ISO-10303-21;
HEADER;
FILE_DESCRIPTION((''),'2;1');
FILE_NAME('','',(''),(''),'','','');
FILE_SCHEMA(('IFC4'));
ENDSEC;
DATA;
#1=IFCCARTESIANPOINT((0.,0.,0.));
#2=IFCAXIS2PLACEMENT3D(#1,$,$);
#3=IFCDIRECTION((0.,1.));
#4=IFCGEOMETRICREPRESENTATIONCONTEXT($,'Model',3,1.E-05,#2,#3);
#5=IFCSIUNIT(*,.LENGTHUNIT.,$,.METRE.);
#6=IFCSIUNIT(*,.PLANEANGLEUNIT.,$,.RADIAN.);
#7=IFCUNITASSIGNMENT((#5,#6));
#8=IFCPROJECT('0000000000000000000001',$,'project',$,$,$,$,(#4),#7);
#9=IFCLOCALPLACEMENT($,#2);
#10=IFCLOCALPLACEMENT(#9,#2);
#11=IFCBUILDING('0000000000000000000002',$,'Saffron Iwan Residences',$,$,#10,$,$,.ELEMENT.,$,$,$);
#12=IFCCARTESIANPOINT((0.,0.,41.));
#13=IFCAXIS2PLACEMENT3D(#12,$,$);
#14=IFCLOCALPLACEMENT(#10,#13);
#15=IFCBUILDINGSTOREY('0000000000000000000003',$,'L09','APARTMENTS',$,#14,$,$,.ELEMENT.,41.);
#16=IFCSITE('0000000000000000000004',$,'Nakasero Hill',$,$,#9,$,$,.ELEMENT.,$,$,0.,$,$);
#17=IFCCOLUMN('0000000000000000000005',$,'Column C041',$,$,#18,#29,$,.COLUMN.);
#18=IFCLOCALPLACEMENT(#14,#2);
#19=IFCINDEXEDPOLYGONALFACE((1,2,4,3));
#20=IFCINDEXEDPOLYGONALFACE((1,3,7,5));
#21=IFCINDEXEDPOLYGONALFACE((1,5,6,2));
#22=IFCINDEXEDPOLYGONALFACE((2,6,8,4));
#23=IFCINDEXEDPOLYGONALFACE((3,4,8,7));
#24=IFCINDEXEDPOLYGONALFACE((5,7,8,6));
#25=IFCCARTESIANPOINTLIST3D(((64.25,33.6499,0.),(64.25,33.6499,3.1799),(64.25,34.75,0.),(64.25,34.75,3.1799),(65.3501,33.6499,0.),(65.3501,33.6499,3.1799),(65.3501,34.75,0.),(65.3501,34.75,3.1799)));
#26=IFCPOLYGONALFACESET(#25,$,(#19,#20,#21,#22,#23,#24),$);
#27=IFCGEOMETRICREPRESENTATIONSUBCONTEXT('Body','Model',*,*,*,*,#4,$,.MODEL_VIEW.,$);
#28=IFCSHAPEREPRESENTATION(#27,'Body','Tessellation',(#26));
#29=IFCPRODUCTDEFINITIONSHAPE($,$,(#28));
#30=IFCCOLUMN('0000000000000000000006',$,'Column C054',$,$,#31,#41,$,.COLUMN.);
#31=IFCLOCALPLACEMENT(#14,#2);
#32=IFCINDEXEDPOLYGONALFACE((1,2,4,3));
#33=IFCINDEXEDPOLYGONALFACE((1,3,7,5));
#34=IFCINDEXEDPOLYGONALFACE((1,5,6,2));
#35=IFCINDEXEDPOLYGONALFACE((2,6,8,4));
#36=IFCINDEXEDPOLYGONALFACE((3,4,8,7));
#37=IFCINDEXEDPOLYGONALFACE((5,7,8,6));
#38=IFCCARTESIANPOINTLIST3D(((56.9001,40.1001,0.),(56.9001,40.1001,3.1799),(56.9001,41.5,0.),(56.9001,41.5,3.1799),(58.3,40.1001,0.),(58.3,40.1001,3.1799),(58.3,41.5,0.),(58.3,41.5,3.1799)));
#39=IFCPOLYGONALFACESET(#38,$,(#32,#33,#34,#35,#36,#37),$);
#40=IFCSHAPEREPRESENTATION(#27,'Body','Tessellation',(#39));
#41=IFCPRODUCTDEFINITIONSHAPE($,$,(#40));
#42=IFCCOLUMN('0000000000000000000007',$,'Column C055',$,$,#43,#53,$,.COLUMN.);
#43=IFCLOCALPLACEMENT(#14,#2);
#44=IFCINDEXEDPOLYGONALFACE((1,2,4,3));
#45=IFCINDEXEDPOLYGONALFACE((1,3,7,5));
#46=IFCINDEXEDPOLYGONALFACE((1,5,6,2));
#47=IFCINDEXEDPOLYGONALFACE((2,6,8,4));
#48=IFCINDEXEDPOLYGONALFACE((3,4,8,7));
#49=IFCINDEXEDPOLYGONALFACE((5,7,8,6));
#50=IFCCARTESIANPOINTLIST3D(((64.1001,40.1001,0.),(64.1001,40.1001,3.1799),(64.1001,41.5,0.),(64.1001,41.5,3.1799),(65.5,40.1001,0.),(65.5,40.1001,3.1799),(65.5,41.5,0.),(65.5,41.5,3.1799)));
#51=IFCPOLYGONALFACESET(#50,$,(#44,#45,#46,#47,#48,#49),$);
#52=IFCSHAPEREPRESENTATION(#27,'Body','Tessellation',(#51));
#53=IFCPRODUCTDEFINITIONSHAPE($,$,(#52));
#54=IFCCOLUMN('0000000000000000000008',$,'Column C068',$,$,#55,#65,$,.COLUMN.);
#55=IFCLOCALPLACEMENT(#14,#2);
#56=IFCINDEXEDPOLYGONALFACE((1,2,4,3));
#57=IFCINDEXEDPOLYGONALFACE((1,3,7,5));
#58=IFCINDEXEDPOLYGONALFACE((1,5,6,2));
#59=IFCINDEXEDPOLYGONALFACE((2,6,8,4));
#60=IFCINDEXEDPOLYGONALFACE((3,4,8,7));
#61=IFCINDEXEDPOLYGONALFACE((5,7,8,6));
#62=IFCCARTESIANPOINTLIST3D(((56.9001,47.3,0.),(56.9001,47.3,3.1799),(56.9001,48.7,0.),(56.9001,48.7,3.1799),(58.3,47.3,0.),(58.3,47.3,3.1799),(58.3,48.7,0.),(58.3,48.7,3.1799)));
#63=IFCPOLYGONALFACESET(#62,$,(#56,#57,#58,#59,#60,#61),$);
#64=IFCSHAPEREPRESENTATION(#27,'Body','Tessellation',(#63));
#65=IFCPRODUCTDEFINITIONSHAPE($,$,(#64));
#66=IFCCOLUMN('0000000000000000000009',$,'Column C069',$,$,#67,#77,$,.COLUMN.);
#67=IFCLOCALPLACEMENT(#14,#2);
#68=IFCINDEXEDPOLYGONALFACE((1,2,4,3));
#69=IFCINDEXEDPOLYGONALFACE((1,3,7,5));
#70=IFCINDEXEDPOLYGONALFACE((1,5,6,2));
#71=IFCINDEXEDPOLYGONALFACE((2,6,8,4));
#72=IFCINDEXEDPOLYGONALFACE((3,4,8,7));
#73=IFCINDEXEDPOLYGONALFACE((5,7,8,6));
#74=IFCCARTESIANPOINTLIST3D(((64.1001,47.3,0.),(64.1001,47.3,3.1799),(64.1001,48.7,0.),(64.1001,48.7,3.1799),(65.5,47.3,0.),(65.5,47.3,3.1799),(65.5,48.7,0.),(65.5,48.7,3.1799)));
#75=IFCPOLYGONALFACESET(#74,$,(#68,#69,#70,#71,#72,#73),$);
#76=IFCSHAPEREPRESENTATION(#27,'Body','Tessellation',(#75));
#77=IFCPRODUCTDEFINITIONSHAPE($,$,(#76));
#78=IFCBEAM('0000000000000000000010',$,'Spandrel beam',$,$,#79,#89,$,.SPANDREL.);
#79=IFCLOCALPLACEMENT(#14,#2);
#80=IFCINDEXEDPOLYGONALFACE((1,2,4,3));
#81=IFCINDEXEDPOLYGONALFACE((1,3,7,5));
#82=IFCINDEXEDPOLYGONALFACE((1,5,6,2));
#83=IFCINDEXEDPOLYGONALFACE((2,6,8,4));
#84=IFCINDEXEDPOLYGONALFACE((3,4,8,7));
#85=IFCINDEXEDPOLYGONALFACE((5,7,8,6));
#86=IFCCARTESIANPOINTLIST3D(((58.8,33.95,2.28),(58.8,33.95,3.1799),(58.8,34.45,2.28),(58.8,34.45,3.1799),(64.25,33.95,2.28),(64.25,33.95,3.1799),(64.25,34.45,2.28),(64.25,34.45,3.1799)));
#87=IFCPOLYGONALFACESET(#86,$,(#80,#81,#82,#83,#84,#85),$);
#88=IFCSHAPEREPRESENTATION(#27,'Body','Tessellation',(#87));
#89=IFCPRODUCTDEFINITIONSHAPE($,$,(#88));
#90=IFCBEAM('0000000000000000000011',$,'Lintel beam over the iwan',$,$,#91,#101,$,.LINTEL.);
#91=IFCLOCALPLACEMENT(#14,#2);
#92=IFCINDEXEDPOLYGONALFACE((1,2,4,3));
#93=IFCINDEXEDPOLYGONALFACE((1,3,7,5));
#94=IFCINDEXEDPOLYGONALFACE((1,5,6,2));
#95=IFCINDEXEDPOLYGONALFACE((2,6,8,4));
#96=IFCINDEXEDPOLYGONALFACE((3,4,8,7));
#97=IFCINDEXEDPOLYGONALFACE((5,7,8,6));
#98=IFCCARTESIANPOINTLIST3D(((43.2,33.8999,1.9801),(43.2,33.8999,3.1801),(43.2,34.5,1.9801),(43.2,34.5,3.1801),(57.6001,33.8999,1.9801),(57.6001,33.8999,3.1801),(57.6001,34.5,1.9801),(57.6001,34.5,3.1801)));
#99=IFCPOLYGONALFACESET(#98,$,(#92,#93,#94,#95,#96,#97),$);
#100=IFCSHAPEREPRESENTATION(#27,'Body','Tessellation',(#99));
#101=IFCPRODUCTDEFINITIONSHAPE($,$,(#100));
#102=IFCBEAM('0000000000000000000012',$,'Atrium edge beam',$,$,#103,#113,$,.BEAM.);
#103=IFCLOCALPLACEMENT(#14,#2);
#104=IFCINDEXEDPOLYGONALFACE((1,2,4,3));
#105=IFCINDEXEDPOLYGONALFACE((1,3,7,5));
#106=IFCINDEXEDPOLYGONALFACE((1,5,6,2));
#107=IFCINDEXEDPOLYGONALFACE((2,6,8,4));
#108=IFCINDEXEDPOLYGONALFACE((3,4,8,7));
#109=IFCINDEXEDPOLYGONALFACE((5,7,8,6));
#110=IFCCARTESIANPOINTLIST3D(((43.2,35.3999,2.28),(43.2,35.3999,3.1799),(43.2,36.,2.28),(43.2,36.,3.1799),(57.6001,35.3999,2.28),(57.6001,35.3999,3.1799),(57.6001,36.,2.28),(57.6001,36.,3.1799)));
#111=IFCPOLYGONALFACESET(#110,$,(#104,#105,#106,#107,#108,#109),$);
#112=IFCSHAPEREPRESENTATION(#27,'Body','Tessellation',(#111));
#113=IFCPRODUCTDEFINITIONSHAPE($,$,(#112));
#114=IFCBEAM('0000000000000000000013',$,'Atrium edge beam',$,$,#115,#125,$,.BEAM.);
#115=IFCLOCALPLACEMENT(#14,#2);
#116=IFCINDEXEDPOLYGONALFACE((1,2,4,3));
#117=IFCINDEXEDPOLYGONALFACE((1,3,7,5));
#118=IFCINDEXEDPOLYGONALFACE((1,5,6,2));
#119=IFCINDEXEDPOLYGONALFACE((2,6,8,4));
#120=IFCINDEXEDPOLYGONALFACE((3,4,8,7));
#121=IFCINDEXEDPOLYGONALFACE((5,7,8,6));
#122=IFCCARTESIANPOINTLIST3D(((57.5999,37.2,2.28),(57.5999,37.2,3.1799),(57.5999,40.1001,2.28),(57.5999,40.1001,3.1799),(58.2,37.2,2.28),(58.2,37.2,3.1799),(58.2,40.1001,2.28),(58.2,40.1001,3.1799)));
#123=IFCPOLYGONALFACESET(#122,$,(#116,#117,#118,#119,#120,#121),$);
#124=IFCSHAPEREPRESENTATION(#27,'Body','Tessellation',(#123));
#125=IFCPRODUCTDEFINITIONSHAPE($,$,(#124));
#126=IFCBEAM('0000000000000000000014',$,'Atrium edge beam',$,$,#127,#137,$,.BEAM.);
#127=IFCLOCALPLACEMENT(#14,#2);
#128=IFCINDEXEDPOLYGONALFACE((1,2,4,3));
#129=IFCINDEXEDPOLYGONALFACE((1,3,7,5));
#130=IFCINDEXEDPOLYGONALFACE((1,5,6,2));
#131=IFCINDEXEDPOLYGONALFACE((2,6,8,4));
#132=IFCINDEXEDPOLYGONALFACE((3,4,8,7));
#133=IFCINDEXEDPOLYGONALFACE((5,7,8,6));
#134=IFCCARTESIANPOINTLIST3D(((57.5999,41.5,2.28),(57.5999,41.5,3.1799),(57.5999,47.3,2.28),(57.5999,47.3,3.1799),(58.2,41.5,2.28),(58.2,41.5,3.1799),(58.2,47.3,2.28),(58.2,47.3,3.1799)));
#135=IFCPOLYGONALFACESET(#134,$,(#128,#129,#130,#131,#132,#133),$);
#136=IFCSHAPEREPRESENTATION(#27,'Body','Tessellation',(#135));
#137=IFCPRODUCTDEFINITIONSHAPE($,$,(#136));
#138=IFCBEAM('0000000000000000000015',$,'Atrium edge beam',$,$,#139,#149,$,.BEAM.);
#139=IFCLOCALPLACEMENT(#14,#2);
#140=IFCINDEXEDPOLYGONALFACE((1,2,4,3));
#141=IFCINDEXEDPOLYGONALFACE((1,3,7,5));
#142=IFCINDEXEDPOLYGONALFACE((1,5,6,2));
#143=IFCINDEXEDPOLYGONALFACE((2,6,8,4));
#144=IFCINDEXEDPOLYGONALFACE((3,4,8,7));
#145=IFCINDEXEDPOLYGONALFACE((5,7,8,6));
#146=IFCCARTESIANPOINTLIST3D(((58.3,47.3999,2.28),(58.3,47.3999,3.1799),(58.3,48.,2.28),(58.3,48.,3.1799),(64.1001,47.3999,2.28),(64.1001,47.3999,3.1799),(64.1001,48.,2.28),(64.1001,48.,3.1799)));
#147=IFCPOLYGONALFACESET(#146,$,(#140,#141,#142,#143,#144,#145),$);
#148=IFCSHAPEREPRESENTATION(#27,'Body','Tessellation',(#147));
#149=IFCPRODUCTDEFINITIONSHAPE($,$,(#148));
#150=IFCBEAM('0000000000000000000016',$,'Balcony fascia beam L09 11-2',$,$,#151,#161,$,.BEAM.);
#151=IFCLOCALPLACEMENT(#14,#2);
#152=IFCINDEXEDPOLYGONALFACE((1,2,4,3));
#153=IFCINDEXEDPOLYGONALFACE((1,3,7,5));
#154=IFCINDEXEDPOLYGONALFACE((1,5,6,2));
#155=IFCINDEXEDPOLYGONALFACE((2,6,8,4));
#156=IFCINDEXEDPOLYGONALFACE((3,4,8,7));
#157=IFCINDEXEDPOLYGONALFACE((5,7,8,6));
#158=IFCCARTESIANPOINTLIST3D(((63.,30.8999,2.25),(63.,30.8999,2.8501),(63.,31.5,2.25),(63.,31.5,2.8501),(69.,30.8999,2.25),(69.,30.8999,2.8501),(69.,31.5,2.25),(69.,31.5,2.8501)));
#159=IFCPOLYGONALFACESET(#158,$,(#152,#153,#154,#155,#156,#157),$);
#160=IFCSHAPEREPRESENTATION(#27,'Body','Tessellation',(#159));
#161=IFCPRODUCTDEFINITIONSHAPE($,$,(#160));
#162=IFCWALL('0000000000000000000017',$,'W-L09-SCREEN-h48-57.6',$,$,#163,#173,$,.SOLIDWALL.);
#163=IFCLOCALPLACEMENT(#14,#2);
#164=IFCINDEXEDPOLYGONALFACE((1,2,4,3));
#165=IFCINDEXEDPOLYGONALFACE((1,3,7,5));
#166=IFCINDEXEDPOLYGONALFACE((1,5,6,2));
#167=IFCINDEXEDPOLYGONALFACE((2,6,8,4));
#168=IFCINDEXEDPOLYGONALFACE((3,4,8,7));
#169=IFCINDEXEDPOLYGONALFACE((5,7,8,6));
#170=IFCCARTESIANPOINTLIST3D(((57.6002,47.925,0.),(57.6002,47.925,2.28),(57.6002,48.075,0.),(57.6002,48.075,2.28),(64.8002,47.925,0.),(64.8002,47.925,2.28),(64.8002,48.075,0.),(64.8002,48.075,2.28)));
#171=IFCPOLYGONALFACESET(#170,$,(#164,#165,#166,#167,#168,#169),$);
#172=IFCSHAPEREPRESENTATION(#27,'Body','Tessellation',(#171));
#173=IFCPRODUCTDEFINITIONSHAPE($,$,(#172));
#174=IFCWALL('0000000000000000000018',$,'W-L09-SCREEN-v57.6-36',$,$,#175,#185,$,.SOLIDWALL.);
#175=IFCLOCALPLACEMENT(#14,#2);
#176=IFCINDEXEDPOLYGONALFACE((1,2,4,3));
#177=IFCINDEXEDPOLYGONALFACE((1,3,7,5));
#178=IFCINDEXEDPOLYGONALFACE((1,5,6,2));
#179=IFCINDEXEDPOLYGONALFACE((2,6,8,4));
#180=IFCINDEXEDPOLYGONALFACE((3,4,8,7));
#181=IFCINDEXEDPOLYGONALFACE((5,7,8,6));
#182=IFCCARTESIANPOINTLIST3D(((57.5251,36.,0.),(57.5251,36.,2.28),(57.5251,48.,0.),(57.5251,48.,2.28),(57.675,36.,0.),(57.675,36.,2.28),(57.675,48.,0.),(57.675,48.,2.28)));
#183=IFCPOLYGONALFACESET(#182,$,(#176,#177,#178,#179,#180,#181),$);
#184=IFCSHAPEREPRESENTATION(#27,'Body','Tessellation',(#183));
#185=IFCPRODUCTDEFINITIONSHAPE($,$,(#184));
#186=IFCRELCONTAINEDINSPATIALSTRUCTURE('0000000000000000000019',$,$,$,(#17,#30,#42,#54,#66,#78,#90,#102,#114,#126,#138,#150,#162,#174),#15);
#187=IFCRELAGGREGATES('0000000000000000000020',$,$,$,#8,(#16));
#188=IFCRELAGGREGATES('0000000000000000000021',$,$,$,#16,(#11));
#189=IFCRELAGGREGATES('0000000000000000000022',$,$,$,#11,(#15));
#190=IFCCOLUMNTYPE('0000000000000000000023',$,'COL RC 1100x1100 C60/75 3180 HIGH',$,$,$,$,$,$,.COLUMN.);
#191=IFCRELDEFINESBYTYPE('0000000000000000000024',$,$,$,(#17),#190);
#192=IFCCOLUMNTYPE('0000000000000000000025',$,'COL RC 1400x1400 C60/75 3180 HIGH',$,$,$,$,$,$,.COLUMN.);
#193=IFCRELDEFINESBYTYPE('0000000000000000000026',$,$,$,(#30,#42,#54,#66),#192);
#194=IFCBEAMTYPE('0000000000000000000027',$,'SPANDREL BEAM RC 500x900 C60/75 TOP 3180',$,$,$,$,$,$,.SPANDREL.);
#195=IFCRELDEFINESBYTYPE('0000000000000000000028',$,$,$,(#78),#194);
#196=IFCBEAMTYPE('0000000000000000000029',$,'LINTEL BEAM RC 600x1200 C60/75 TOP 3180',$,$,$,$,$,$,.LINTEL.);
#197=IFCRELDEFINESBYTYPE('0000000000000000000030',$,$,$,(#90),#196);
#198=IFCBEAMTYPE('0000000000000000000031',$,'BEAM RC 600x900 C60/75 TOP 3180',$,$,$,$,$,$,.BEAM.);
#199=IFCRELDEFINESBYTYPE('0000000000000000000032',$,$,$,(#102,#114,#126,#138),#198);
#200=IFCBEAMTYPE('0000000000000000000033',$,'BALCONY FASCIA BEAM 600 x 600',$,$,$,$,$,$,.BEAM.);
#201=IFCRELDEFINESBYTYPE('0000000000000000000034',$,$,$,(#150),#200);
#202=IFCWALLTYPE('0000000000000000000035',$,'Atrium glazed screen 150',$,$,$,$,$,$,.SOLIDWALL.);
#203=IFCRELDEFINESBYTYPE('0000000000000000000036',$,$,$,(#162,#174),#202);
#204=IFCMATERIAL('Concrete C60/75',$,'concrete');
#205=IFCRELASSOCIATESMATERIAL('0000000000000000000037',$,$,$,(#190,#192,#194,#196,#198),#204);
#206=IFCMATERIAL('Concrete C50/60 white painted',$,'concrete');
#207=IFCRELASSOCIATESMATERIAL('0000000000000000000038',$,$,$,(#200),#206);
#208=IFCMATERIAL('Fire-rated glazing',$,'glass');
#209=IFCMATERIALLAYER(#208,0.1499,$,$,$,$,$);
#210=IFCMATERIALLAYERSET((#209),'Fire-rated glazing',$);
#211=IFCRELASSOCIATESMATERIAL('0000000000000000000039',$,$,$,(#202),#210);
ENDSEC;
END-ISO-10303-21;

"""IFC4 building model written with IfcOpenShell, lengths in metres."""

from ifc_helpers import new_model, si_unit, direction, frame, frame_2d, origin, origin_2d, place, context, subcontext, project, spatial, rectangle, extrude, source, transform, mapped, material, layer, layer_set, material_profile, profile_set, type_object, element, save


model = new_model("IFC4")

# Units and contexts
model_context = context("Model", 3, precision=1e-05, world=origin(), true_north=direction((0.0, 1.0)))
body_context = subcontext(model_context, "Body", "Model", "MODEL_VIEW")
ifc_project = project(units=[si_unit("LENGTHUNIT", "METRE"), si_unit("PLANEANGLEUNIT", "RADIAN")], contexts=[model_context])

# Site, building, storey
site_placement = place(None, origin())
site = spatial("IfcSite", under=ifc_project, at=site_placement, Name="Nakasero Hill", CompositionType="ELEMENT", RefElevation=0.0)
building_placement = place(site_placement, origin())
building = spatial("IfcBuilding", under=site, at=building_placement, Name="Saffron Iwan Residences", CompositionType="ELEMENT")
storey_placement = place(building_placement, frame((0.0, 0.0, 41.0)))
storey = spatial("IfcBuildingStorey", under=building, at=storey_placement, Name="L09", Description="APARTMENTS", CompositionType="ELEMENT", Elevation=41.0)

# Columns
ifc_material_1 = material(Name="Concrete C60/75", Category="concrete")
ifc_material_profile_1 = material_profile(ifc_material_1, rectangle(XDim=1.1001, YDim=1.1001, at=origin_2d()), Name="RC 1100x1100")
ifc_profile_set_1 = profile_set([ifc_material_profile_1], Name="Concrete C60/75")
column_type_1 = type_object("IfcColumnType", Name="COL RC 1100x1100 C60/75 3180 HIGH", PredefinedType="COLUMN", material=ifc_profile_set_1)
shared_shape_1 = source(origin(), body_context, "Body", "SweptSolid", [
    extrude(rectangle(XDim=1.1001, YDim=1.1001, at=origin_2d()), origin(), (0.0, 0.0, 1.0), 3.1799),
])
column_placement = place(storey_placement, frame((64.8, 34.2, 0.0), z_axis=(0.0, 0.0, 1.0), x_axis=(1.0, 0.0, 0.0)))
element("IfcColumn", 1, at=column_placement, inside=storey, type_object=column_type_1, Name="Column C041", PredefinedType="COLUMN", context=body_context, shape_type="MappedRepresentation", body=[
    mapped(shared_shape_1, transform((0.0, 0.0, 0.0))),
])
ifc_material_profile_2 = material_profile(ifc_material_1, rectangle(XDim=1.3999, YDim=1.3999, at=origin_2d()), Name="RC 1400x1400")
ifc_profile_set_2 = profile_set([ifc_material_profile_2], Name="Concrete C60/75")
column_type_2 = type_object("IfcColumnType", Name="COL RC 1400x1400 C60/75 3180 HIGH", PredefinedType="COLUMN", material=ifc_profile_set_2)
shared_shape_2 = source(origin(), body_context, "Body", "SweptSolid", [
    extrude(rectangle(XDim=1.3999, YDim=1.3999, at=origin_2d()), origin(), (0.0, 0.0, 1.0), 3.1799),
])
for number, where, z_axis, x_axis, name in (
    (2, (57.6001, 40.8, 0.0), (0.0, 0.0, 1.0), (1.0, 0.0, 0.0), "Column C054"),
    (3, (64.8, 40.8, 0.0), (0.0, 0.0, 1.0), (1.0, 0.0, 0.0), "Column C055"),
    (4, (57.6001, 48.0, 0.0), (0.0, 0.0, 1.0), (1.0, 0.0, 0.0), "Column C068"),
    (5, (64.8, 48.0, 0.0), (0.0, 0.0, 1.0), (1.0, 0.0, 0.0), "Column C069"),
):
    element("IfcColumn", number, at=place(storey_placement, frame(where, z_axis=z_axis, x_axis=x_axis)), inside=storey, type_object=column_type_2, Name=name, PredefinedType="COLUMN", context=body_context, shape_type="MappedRepresentation", body=[
        mapped(shared_shape_2, transform((0.0, 0.0, 0.0))),
    ])

# Beams
ifc_material_profile_3 = material_profile(ifc_material_1, rectangle(XDim=0.5, YDim=0.8999, at=origin_2d()), Name="RC 500x900")
ifc_profile_set_3 = profile_set([ifc_material_profile_3], Name="Concrete C60/75")
beam_type_1 = type_object("IfcBeamType", Name="SPANDREL BEAM RC 500x900 C60/75 TOP 3180", PredefinedType="SPANDREL", material=ifc_profile_set_3)
shared_shape_3 = source(origin(), body_context, "Body", "SweptSolid", [
    extrude(rectangle(XDim=0.5, YDim=0.8999, at=origin_2d()), origin(), (0.0, 0.0, 1.0), 5.45),
])
beam_1_placement = place(storey_placement, frame((64.25, 34.2, 2.73), z_axis=(-1.0, 0.0, 0.0), x_axis=(0.0, -1.0, 0.0)))
element("IfcBeam", 6, at=beam_1_placement, inside=storey, type_object=beam_type_1, Name="Spandrel beam", PredefinedType="SPANDREL", context=body_context, shape_type="MappedRepresentation", body=[
    mapped(shared_shape_3, transform((0.0, 0.0, 0.0))),
])
ifc_material_profile_4 = material_profile(ifc_material_1, rectangle(XDim=0.6001, YDim=1.2, at=origin_2d()), Name="RC 600x1200")
ifc_profile_set_4 = profile_set([ifc_material_profile_4], Name="Concrete C60/75")
beam_type_2 = type_object("IfcBeamType", Name="LINTEL BEAM RC 600x1200 C60/75 TOP 3180", PredefinedType="LINTEL", material=ifc_profile_set_4)
shared_shape_4 = source(origin(), body_context, "Body", "SweptSolid", [
    extrude(rectangle(XDim=0.6001, YDim=1.2, at=origin_2d()), origin(), (0.0, 0.0, 1.0), 14.4001),
])
beam_2_placement = place(storey_placement, frame((57.6001, 34.2, 2.5801), z_axis=(-1.0, 0.0, 0.0), x_axis=(0.0, -1.0, 0.0)))
element("IfcBeam", 7, at=beam_2_placement, inside=storey, type_object=beam_type_2, Name="Lintel beam over the iwan", PredefinedType="LINTEL", context=body_context, shape_type="MappedRepresentation", body=[
    mapped(shared_shape_4, transform((0.0, 0.0, 0.0))),
])
ifc_material_profile_5 = material_profile(ifc_material_1, rectangle(XDim=0.6001, YDim=0.8999, at=origin_2d()), Name="RC 600x900")
ifc_profile_set_5 = profile_set([ifc_material_profile_5], Name="Concrete C60/75")
beam_type_3 = type_object("IfcBeamType", Name="BEAM RC 600x900 C60/75 TOP 3180", PredefinedType="BEAM", material=ifc_profile_set_5)
shared_shape_5 = source(origin(), body_context, "Body", "SweptSolid", [
    extrude(rectangle(XDim=0.6001, YDim=0.8999, at=origin_2d()), origin(), (0.0, 0.0, 1.0), 14.4001),
])
beam_3_placement = place(storey_placement, frame((57.6001, 35.7, 2.73), z_axis=(-1.0, 0.0, 0.0), x_axis=(0.0, -1.0, 0.0)))
element("IfcBeam", 8, at=beam_3_placement, inside=storey, type_object=beam_type_3, Name="Atrium edge beam", PredefinedType="BEAM", context=body_context, shape_type="MappedRepresentation", body=[
    mapped(shared_shape_5, transform((0.0, 0.0, 0.0))),
])
shared_shape_6 = source(origin(), body_context, "Body", "SweptSolid", [
    extrude(rectangle(XDim=0.6001, YDim=0.8999, at=origin_2d()), origin(), (0.0, 0.0, 1.0), 2.9001),
])
beam_4_placement = place(storey_placement, frame((57.8999, 40.1001, 2.73), z_axis=(0.0, -1.0, 0.0), x_axis=(1.0, 0.0, 0.0)))
element("IfcBeam", 9, at=beam_4_placement, inside=storey, type_object=beam_type_3, Name="Atrium edge beam", PredefinedType="BEAM", context=body_context, shape_type="MappedRepresentation", body=[
    mapped(shared_shape_6, transform((0.0, 0.0, 0.0))),
])
shared_shape_7 = source(origin(), body_context, "Body", "SweptSolid", [
    extrude(rectangle(XDim=0.6001, YDim=0.8999, at=origin_2d()), origin(), (0.0, 0.0, 1.0), 5.8),
])
for number, where, z_axis, x_axis, name in (
    (10, (57.8999, 47.3, 2.73), (0.0, -1.0, 0.0), (1.0, 0.0, 0.0), "Atrium edge beam"),
    (11, (64.1001, 47.7, 2.73), (-1.0, 0.0, 0.0), (0.0, -1.0, 0.0), "Atrium edge beam"),
):
    element("IfcBeam", number, at=place(storey_placement, frame(where, z_axis=z_axis, x_axis=x_axis)), inside=storey, type_object=beam_type_3, Name=name, PredefinedType="BEAM", context=body_context, shape_type="MappedRepresentation", body=[
        mapped(shared_shape_7, transform((0.0, 0.0, 0.0))),
    ])
ifc_material_2 = material(Name="Concrete C50/60 white painted", Category="concrete")
ifc_material_profile_6 = material_profile(ifc_material_2, rectangle(XDim=0.6001, YDim=0.6001, at=origin_2d()), Name="BALCONY FASCIA BEAM 600 x 600")
ifc_profile_set_6 = profile_set([ifc_material_profile_6], Name="Concrete C50/60 white painted")
beam_type_4 = type_object("IfcBeamType", Name="BALCONY FASCIA BEAM 600 x 600", PredefinedType="BEAM", material=ifc_profile_set_6)
shared_shape_8 = source(origin(), body_context, "Body", "SweptSolid", [
    extrude(rectangle(XDim=0.6001, YDim=0.6001, at=origin_2d()), origin(), (0.0, 0.0, 1.0), 6.0),
])
beam_5_placement = place(storey_placement, frame((63.0, 31.2, 2.55), z_axis=(1.0, 0.0, 0.0), x_axis=(0.0, 1.0, 0.0)))
element("IfcBeam", 12, at=beam_5_placement, inside=storey, type_object=beam_type_4, Name="Balcony fascia beam L09 11-2", PredefinedType="BEAM", context=body_context, shape_type="MappedRepresentation", body=[
    mapped(shared_shape_8, transform((0.0, 0.0, 0.0))),
])

# Walls
ifc_material_3 = material(Name="Fire-rated glazing", Category="glass")
ifc_layer_1 = layer(ifc_material_3, 0.1499)
ifc_layer_set_1 = layer_set([ifc_layer_1], Name="Fire-rated glazing")
wall_type_1 = type_object("IfcWallType", Name="Atrium glazed screen 150", PredefinedType="SOLIDWALL", material=ifc_layer_set_1)
wall_1_placement = place(storey_placement, frame((57.6001, 48.0, 0.0), z_axis=(0.0, 0.0, 1.0), x_axis=(1.0, 0.0, 0.0)))
element("IfcWall", 13, at=wall_1_placement, inside=storey, type_object=wall_type_1, Name="W-L09-SCREEN-h48-57.6", PredefinedType="SOLIDWALL", context=body_context, shape_type="SweptSolid", body=[
    extrude(rectangle(XDim=7.2, YDim=0.1499, at=frame_2d((3.6001, 0.0))), origin(), (0.0, 0.0, 1.0), 2.28),
])
wall_2_placement = place(storey_placement, frame((57.6001, 36.0, 0.0), z_axis=(0.0, 0.0, 1.0), x_axis=(0.0, 1.0, 0.0)))
element("IfcWall", 14, at=wall_2_placement, inside=storey, type_object=wall_type_1, Name="W-L09-SCREEN-v57.6-36", PredefinedType="SOLIDWALL", context=body_context, shape_type="SweptSolid", body=[
    extrude(rectangle(XDim=12.0, YDim=0.1499, at=frame_2d((6.0, 0.0))), origin(), (0.0, 0.0, 1.0), 2.28),
])

save(model, "model.ifc")
